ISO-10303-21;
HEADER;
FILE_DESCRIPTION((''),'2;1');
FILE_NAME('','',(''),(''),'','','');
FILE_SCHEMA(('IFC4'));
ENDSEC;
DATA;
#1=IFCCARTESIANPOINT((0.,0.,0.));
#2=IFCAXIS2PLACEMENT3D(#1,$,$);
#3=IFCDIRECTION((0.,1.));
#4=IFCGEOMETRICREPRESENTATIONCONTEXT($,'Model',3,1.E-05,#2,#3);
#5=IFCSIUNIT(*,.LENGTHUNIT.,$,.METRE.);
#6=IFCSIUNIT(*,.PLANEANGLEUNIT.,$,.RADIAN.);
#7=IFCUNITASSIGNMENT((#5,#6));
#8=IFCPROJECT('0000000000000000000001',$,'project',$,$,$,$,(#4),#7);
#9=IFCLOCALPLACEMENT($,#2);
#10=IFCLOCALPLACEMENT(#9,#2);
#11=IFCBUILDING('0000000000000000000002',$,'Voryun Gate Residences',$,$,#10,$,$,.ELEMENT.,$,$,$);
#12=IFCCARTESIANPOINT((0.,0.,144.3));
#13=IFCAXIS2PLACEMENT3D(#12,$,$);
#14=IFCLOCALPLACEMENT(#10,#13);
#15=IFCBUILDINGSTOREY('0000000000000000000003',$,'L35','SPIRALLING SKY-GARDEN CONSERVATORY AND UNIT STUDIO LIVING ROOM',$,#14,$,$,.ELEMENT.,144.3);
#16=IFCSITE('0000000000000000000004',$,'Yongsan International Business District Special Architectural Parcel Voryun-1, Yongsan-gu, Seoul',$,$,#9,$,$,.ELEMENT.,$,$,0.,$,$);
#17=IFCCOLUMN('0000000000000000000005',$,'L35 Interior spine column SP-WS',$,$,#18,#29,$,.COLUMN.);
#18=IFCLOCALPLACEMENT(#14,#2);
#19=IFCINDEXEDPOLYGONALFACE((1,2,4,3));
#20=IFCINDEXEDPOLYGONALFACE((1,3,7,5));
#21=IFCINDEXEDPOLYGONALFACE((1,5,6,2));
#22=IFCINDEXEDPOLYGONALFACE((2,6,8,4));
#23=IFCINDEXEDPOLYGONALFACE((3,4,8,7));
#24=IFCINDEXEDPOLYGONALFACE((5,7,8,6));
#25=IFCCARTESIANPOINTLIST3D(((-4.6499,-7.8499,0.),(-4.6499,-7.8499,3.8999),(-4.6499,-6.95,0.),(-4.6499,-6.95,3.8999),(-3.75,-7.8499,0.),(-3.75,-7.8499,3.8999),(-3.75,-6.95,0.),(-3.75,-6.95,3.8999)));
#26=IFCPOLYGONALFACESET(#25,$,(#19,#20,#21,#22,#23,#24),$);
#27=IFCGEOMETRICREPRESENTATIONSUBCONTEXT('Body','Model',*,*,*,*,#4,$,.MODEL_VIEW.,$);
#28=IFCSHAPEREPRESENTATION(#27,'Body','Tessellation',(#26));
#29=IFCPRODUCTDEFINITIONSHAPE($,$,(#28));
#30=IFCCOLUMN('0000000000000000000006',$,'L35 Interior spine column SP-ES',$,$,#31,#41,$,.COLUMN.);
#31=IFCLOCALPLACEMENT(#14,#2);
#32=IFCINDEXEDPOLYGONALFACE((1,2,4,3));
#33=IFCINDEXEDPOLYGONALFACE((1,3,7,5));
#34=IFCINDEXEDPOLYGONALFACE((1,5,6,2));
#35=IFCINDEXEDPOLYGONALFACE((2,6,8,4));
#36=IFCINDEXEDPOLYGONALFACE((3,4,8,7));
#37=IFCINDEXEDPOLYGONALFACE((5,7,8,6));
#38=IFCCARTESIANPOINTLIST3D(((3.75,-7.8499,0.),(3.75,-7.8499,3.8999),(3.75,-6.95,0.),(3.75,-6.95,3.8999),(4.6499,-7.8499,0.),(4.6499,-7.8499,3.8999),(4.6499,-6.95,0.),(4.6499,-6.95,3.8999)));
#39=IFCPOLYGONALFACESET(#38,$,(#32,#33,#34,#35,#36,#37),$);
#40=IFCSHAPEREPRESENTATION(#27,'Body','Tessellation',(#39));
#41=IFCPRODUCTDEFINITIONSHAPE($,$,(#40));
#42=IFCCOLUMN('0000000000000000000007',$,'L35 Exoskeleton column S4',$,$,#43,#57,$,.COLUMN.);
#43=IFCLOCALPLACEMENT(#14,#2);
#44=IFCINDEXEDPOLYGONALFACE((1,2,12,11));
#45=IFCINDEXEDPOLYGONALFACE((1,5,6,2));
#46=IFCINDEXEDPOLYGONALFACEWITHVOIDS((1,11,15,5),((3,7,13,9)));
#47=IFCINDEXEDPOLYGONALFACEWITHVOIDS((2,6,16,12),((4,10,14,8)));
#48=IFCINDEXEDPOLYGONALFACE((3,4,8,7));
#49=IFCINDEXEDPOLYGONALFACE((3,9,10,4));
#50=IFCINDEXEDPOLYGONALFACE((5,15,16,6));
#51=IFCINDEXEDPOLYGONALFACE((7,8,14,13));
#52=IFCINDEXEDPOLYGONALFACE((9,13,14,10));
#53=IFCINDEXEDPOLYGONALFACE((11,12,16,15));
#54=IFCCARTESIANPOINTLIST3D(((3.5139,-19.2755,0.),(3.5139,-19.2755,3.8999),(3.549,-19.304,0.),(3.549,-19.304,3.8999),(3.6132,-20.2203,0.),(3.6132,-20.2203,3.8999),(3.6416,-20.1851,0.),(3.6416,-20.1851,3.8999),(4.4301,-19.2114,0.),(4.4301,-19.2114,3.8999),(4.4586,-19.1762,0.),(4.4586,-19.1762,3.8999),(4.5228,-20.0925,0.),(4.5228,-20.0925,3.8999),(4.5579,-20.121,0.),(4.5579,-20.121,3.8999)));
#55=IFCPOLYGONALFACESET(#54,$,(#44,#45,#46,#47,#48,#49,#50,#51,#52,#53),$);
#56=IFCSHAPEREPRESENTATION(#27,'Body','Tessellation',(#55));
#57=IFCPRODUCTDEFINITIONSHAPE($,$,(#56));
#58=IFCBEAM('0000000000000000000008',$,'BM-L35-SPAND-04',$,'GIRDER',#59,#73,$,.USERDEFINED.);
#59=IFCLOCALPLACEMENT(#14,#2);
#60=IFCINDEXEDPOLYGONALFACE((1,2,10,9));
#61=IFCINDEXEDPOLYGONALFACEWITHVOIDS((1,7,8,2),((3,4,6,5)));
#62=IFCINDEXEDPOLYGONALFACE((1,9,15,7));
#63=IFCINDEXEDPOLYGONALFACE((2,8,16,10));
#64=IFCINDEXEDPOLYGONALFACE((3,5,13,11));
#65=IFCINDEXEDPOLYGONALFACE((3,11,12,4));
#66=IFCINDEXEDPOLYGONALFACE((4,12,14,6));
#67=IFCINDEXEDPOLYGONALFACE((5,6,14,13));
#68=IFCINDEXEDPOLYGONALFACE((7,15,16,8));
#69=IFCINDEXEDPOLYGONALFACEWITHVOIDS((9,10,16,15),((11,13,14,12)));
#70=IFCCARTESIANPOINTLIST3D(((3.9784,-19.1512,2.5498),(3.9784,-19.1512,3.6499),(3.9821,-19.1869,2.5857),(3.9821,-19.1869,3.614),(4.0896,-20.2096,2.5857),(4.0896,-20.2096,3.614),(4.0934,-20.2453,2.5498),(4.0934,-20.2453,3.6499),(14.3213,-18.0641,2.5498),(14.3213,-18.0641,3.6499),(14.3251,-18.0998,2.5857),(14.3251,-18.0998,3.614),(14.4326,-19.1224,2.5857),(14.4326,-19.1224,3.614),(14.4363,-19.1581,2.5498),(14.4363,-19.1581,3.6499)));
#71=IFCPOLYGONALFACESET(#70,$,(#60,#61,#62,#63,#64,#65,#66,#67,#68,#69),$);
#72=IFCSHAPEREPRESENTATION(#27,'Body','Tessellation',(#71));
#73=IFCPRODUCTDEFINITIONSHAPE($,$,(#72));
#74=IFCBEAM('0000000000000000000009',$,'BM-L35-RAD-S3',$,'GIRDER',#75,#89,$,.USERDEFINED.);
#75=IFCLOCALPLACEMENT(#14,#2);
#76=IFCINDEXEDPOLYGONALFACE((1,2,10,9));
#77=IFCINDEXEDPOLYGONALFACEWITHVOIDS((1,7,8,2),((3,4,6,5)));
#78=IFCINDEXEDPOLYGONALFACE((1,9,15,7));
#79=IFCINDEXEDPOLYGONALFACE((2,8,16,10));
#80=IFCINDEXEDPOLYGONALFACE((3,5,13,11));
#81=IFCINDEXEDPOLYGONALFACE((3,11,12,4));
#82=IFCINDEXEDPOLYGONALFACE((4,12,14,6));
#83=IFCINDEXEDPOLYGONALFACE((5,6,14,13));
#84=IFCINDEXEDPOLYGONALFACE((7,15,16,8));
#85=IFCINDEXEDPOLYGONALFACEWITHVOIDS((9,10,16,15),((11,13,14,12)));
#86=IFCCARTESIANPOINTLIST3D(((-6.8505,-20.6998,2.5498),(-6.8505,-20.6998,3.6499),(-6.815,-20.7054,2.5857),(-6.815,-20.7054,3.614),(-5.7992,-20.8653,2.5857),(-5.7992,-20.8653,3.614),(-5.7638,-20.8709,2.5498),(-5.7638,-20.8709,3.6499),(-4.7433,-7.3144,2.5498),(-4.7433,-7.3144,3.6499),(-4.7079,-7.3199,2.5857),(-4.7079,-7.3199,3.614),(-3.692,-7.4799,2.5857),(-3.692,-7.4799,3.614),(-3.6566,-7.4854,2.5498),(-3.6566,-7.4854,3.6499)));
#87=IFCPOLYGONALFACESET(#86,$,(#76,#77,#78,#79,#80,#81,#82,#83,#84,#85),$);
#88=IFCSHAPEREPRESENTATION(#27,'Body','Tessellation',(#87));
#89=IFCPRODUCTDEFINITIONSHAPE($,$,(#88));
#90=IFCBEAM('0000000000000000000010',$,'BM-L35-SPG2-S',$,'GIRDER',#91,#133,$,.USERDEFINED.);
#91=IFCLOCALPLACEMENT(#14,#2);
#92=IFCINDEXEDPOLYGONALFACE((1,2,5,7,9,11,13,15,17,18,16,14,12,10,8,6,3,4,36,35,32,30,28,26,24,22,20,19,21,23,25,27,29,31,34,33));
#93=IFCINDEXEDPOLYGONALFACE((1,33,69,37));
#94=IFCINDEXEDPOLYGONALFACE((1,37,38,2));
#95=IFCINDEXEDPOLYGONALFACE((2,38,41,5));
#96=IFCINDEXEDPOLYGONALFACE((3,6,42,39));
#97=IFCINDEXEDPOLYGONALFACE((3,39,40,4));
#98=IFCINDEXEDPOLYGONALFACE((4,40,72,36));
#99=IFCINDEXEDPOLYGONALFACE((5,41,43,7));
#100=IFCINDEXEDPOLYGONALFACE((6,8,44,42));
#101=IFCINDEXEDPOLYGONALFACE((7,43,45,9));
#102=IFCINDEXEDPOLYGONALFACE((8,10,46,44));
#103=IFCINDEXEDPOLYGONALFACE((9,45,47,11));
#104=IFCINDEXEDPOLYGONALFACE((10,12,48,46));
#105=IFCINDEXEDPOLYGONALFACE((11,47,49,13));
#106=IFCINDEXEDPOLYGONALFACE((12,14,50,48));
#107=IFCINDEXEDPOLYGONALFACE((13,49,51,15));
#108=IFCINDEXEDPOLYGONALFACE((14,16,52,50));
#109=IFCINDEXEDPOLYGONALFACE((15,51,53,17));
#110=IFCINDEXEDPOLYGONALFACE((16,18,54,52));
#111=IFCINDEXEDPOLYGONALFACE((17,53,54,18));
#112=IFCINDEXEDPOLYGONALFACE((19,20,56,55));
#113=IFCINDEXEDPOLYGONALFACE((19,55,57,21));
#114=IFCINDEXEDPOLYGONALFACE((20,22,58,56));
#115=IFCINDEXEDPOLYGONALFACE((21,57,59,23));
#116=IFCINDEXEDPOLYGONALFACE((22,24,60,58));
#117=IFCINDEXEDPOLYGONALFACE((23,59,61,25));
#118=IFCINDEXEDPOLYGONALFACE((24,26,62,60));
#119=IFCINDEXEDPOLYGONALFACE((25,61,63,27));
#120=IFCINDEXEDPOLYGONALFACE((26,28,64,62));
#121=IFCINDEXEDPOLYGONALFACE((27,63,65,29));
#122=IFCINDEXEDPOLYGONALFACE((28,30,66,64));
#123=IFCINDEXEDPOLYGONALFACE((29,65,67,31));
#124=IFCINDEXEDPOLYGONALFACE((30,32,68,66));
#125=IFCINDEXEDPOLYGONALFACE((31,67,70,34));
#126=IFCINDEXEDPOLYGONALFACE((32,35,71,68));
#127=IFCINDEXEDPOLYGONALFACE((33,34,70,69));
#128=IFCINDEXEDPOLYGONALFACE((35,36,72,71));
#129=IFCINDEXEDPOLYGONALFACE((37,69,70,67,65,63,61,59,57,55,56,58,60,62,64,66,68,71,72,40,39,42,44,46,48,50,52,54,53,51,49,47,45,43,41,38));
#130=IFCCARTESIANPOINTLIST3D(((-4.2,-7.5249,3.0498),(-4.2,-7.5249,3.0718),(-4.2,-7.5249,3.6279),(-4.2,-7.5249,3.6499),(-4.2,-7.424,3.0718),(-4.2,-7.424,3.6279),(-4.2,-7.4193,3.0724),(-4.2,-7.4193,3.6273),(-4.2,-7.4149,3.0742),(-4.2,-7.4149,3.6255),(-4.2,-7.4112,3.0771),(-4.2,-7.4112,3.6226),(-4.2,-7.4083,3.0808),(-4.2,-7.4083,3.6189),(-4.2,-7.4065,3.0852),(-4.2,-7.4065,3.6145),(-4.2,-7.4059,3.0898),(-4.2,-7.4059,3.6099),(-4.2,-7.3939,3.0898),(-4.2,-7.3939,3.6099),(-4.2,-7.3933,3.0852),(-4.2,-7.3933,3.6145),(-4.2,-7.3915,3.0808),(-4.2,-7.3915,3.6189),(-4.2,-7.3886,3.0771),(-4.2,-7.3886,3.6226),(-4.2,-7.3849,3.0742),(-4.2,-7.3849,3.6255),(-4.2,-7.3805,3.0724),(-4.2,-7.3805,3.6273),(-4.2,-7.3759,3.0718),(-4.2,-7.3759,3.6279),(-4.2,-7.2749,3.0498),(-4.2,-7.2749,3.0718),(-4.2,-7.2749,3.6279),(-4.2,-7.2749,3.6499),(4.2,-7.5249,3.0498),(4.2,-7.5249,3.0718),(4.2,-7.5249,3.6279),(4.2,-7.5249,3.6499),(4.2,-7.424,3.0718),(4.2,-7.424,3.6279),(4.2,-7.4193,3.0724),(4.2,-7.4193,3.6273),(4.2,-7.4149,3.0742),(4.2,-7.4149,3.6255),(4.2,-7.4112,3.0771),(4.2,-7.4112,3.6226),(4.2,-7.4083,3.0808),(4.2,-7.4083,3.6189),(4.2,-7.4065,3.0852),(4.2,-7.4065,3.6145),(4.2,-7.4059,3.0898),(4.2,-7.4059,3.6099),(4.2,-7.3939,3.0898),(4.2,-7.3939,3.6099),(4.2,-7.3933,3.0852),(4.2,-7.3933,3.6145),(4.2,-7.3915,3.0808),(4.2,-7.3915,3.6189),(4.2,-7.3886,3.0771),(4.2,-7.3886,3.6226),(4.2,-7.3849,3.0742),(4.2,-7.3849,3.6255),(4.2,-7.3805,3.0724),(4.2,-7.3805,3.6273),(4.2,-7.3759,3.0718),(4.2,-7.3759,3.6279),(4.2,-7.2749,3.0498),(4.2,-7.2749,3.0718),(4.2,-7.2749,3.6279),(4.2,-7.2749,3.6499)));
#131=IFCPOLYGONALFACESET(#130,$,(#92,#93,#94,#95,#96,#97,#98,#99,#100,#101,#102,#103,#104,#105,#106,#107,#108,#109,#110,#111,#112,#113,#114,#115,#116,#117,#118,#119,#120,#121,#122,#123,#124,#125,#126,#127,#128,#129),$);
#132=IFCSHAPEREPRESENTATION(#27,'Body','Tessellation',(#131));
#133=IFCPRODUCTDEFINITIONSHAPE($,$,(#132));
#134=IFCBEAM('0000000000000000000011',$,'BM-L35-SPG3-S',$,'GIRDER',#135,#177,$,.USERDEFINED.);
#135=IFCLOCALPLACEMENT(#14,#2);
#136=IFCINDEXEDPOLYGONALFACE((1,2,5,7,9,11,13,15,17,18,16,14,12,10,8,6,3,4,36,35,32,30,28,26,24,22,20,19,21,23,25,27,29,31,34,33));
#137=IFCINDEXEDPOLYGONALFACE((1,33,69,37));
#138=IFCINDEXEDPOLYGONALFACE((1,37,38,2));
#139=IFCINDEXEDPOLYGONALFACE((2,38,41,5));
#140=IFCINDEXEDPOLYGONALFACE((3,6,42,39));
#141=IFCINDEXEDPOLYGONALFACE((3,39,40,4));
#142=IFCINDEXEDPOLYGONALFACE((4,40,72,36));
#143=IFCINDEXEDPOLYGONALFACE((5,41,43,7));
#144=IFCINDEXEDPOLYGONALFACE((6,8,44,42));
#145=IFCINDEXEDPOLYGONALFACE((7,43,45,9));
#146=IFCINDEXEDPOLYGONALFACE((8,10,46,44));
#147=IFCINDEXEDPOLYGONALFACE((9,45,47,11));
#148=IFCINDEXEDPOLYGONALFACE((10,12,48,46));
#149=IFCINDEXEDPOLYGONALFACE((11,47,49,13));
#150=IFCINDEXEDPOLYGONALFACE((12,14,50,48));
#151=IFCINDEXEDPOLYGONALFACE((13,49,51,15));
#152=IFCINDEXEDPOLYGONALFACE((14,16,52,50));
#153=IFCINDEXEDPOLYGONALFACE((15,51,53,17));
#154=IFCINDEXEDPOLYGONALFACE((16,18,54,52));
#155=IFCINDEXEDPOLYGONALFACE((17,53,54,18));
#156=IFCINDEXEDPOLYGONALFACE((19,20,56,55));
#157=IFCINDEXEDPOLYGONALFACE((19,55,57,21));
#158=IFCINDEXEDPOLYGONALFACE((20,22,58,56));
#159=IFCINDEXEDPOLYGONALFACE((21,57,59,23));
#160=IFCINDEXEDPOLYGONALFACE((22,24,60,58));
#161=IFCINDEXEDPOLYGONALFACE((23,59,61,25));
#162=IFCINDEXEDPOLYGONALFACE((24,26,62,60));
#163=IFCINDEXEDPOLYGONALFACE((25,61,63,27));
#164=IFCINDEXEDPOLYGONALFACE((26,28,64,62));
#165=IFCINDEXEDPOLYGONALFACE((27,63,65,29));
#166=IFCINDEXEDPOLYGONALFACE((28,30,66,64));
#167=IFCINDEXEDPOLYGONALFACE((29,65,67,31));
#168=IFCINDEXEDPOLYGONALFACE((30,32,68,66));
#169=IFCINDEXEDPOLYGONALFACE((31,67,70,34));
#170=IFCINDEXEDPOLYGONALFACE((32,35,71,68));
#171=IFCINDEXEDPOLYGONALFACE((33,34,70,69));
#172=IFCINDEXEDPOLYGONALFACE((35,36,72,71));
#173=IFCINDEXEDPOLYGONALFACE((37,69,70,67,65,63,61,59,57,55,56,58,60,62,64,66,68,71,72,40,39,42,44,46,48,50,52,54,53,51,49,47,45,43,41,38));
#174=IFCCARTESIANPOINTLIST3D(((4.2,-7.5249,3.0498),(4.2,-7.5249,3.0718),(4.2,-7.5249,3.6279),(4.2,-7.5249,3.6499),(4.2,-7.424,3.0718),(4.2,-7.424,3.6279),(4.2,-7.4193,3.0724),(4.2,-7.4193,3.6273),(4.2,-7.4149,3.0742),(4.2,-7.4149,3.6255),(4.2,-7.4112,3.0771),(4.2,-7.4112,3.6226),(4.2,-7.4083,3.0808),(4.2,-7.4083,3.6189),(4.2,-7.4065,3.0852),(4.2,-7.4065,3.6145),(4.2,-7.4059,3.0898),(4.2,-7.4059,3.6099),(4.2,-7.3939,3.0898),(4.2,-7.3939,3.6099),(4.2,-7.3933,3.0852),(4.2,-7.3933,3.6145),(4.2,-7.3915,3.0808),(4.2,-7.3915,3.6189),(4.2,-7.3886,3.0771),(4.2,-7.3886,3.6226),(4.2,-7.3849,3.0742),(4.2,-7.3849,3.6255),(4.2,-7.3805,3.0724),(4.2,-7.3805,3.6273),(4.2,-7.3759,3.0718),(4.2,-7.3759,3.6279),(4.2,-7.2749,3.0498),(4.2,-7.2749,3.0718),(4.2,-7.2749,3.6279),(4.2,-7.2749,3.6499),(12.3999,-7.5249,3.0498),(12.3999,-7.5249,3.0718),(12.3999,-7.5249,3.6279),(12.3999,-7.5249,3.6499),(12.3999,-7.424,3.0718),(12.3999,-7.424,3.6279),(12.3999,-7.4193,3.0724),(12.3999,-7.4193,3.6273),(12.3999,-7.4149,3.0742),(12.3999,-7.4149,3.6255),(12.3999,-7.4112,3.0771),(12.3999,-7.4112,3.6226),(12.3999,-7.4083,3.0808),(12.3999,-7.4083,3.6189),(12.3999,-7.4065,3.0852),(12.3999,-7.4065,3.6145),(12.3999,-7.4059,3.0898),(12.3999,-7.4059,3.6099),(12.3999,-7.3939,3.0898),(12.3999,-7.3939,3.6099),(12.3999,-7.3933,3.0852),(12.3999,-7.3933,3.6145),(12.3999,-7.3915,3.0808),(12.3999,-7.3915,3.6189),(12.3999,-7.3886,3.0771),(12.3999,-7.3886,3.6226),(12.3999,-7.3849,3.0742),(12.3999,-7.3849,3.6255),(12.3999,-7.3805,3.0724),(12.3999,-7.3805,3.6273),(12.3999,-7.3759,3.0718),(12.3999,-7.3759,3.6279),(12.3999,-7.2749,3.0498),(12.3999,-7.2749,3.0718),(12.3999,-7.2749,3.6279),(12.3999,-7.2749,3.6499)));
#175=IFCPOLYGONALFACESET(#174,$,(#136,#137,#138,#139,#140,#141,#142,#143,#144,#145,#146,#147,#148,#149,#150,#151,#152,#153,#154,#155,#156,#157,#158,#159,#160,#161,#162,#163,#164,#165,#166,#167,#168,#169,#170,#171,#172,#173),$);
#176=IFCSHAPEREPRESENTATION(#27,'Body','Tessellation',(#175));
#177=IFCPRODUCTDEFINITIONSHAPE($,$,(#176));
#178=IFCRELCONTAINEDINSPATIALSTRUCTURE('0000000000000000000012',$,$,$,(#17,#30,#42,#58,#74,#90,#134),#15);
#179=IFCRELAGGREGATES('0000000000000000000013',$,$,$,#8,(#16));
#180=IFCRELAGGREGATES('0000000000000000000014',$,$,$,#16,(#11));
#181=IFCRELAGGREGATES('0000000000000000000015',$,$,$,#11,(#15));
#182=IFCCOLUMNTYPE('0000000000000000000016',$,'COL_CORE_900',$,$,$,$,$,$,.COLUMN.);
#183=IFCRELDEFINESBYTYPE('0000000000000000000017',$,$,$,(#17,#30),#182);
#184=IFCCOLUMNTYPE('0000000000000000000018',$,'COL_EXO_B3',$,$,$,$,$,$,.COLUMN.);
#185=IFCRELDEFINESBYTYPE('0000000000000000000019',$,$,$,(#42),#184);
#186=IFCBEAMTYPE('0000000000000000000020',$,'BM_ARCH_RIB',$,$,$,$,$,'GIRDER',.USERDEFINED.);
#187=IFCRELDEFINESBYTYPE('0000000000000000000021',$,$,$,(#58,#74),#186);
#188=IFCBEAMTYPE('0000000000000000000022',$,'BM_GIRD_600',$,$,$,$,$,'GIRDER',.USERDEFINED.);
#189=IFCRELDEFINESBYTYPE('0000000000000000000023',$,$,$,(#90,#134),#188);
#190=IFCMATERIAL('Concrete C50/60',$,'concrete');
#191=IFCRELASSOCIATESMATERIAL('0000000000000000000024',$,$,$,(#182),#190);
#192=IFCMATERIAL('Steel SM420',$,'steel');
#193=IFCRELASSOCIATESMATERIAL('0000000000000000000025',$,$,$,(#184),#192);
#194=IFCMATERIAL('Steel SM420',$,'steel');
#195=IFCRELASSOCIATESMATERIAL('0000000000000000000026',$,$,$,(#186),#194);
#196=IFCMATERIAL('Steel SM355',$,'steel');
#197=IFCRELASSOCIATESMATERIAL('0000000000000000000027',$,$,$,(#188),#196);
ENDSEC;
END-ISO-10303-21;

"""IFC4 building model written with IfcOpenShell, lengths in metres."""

from ifc_helpers import new_model, si_unit, direction, frame, origin, origin_2d, place, context, subcontext, project, spatial, rectangle, hollow_rectangle, i_section, extrude, material, material_profile, profile_set, type_object, element, save


model = new_model("IFC4")

# Units and contexts
model_context = context("Model", 3, precision=1e-05, world=origin(), true_north=direction((0.0, 1.0)))
body_context = subcontext(model_context, "Body", "Model", "MODEL_VIEW")
ifc_project = project(units=[si_unit("LENGTHUNIT", "METRE"), si_unit("PLANEANGLEUNIT", "RADIAN")], contexts=[model_context])

# Site, building, storey
site_placement = place(None, origin())
site = spatial("IfcSite", under=ifc_project, at=site_placement, Name="Yongsan International Business District Special Architectural Parcel Voryun-1, Yongsan-gu, Seoul", CompositionType="ELEMENT", RefElevation=0.0)
building_placement = place(site_placement, origin())
building = spatial("IfcBuilding", under=site, at=building_placement, Name="Voryun Gate Residences", CompositionType="ELEMENT")
storey_placement = place(building_placement, frame((0.0, 0.0, 144.3)))
storey = spatial("IfcBuildingStorey", under=building, at=storey_placement, Name="L35", Description="SPIRALLING SKY-GARDEN CONSERVATORY AND UNIT STUDIO LIVING ROOM", CompositionType="ELEMENT", Elevation=144.3)

# Columns
ifc_material_1 = material(Name="Concrete C50/60", Category="concrete")
ifc_material_profile_1 = material_profile(ifc_material_1, rectangle(XDim=0.8999, YDim=0.8999, at=origin_2d()), Name="RC-900x900")
ifc_profile_set_1 = profile_set([ifc_material_profile_1], Name="Concrete C50/60")
column_type_1 = type_object("IfcColumnType", Name="COL_CORE_900", PredefinedType="COLUMN", material=ifc_profile_set_1)
for number, where, z_axis, x_axis, name in (
    (1, (-4.2, -7.3999, 0.0), (0.0, 0.0, 1.0), (1.0, 0.0, 0.0), "L35 Interior spine column SP-WS"),
    (2, (4.2, -7.3999, 0.0), (0.0, 0.0, 1.0), (1.0, 0.0, 0.0), "L35 Interior spine column SP-ES"),
):
    element("IfcColumn", number, at=place(storey_placement, frame(where, z_axis=z_axis, x_axis=x_axis)), inside=storey, type_object=column_type_1, Name=name, PredefinedType="COLUMN", context=body_context, shape_type="SweptSolid", body=[
        extrude(rectangle(XDim=0.8999, YDim=0.8999, at=origin_2d()), origin(), (0.0, 0.0, 1.0), 3.8999),
    ])
ifc_material_2 = material(Name="Steel SM420", Category="steel")
ifc_material_profile_2 = material_profile(ifc_material_2, hollow_rectangle(XDim=0.95, YDim=0.95, WallThickness=0.032, at=origin_2d()), Name="BOX-950x950x32")
ifc_profile_set_2 = profile_set([ifc_material_profile_2], Name="Steel SM420")
column_type_2 = type_object("IfcColumnType", Name="COL_EXO_B3", PredefinedType="COLUMN", material=ifc_profile_set_2)
column_placement = place(storey_placement, frame((4.0359, -19.6982, 0.0), z_axis=(0.0, 0.0, 1.0), x_axis=(0.994522, 0.104528, 0.0)))
element("IfcColumn", 3, at=column_placement, inside=storey, type_object=column_type_2, Name="L35 Exoskeleton column S4", PredefinedType="COLUMN", context=body_context, shape_type="SweptSolid", body=[
    extrude(hollow_rectangle(XDim=0.95, YDim=0.95, WallThickness=0.032, at=origin_2d()), origin(), (0.0, 0.0, 1.0), 3.8999),
])

# Beams
ifc_material_3 = material(Name="Steel SM420", Category="steel")
ifc_material_profile_3 = material_profile(ifc_material_3, hollow_rectangle(XDim=1.1001, YDim=1.1001, WallThickness=0.0359, at=origin_2d()), Name="BOX-1100x1100x36")
ifc_profile_set_3 = profile_set([ifc_material_profile_3], Name="Steel SM420")
beam_type_1 = type_object("IfcBeamType", Name="BM_ARCH_RIB", ElementType="GIRDER", PredefinedType="USERDEFINED", material=ifc_profile_set_3)
beam_1_placement = place(storey_placement, frame((4.0359, -19.6982, 3.0999), z_axis=(0.994521, 0.104534, 0.0), x_axis=(-0.104534, 0.994521, 0.0)))
element("IfcBeam", 4, at=beam_1_placement, inside=storey, type_object=beam_type_1, Name="BM-L35-SPAND-04", ObjectType="GIRDER", PredefinedType="USERDEFINED", context=body_context, shape_type="SweptSolid", body=[
    extrude(hollow_rectangle(XDim=1.1001, YDim=1.1001, WallThickness=0.0359, at=origin_2d()), origin(), (0.0, 0.0, 1.0), 10.3999),
])
beam_2_placement = place(storey_placement, frame((-4.2, -7.3999, 3.0999), z_axis=(-0.155507, -0.987835, 0.0), x_axis=(0.987835, -0.155507, 0.0)))
element("IfcBeam", 5, at=beam_2_placement, inside=storey, type_object=beam_type_1, Name="BM-L35-RAD-S3", ObjectType="GIRDER", PredefinedType="USERDEFINED", context=body_context, shape_type="SweptSolid", body=[
    extrude(hollow_rectangle(XDim=1.1001, YDim=1.1001, WallThickness=0.0359, at=origin_2d()), origin(), (0.0, 0.0, 1.0), 13.5503),
])
ifc_material_4 = material(Name="Steel SM355", Category="steel")
ifc_material_profile_4 = material_profile(ifc_material_4, i_section(OverallWidth=0.25, OverallDepth=0.6001, WebThickness=0.012, FlangeThickness=0.022, FilletRadius=0.0181, at=origin_2d()), Name="H-600x250x12x22")
ifc_profile_set_4 = profile_set([ifc_material_profile_4], Name="Steel SM355")
beam_type_2 = type_object("IfcBeamType", Name="BM_GIRD_600", ElementType="GIRDER", PredefinedType="USERDEFINED", material=ifc_profile_set_4)
beam_3_placement = place(storey_placement, frame((-4.2, -7.3999, 3.3499), z_axis=(1.0, 0.0, 0.0), x_axis=(0.0, 1.0, 0.0)))
element("IfcBeam", 6, at=beam_3_placement, inside=storey, type_object=beam_type_2, Name="BM-L35-SPG2-S", ObjectType="GIRDER", PredefinedType="USERDEFINED", context=body_context, shape_type="SweptSolid", body=[
    extrude(i_section(OverallWidth=0.25, OverallDepth=0.6001, WebThickness=0.012, FlangeThickness=0.022, FilletRadius=0.0181, at=origin_2d()), origin(), (0.0, 0.0, 1.0), 8.3999),
])
beam_4_placement = place(storey_placement, frame((4.2, -7.3999, 3.3499), z_axis=(1.0, 0.0, 0.0), x_axis=(0.0, 1.0, 0.0)))
element("IfcBeam", 7, at=beam_4_placement, inside=storey, type_object=beam_type_2, Name="BM-L35-SPG3-S", ObjectType="GIRDER", PredefinedType="USERDEFINED", context=body_context, shape_type="SweptSolid", body=[
    extrude(i_section(OverallWidth=0.25, OverallDepth=0.6001, WebThickness=0.012, FlangeThickness=0.022, FilletRadius=0.0181, at=origin_2d()), origin(), (0.0, 0.0, 1.0), 8.2),
])

save(model, "model.ifc")
